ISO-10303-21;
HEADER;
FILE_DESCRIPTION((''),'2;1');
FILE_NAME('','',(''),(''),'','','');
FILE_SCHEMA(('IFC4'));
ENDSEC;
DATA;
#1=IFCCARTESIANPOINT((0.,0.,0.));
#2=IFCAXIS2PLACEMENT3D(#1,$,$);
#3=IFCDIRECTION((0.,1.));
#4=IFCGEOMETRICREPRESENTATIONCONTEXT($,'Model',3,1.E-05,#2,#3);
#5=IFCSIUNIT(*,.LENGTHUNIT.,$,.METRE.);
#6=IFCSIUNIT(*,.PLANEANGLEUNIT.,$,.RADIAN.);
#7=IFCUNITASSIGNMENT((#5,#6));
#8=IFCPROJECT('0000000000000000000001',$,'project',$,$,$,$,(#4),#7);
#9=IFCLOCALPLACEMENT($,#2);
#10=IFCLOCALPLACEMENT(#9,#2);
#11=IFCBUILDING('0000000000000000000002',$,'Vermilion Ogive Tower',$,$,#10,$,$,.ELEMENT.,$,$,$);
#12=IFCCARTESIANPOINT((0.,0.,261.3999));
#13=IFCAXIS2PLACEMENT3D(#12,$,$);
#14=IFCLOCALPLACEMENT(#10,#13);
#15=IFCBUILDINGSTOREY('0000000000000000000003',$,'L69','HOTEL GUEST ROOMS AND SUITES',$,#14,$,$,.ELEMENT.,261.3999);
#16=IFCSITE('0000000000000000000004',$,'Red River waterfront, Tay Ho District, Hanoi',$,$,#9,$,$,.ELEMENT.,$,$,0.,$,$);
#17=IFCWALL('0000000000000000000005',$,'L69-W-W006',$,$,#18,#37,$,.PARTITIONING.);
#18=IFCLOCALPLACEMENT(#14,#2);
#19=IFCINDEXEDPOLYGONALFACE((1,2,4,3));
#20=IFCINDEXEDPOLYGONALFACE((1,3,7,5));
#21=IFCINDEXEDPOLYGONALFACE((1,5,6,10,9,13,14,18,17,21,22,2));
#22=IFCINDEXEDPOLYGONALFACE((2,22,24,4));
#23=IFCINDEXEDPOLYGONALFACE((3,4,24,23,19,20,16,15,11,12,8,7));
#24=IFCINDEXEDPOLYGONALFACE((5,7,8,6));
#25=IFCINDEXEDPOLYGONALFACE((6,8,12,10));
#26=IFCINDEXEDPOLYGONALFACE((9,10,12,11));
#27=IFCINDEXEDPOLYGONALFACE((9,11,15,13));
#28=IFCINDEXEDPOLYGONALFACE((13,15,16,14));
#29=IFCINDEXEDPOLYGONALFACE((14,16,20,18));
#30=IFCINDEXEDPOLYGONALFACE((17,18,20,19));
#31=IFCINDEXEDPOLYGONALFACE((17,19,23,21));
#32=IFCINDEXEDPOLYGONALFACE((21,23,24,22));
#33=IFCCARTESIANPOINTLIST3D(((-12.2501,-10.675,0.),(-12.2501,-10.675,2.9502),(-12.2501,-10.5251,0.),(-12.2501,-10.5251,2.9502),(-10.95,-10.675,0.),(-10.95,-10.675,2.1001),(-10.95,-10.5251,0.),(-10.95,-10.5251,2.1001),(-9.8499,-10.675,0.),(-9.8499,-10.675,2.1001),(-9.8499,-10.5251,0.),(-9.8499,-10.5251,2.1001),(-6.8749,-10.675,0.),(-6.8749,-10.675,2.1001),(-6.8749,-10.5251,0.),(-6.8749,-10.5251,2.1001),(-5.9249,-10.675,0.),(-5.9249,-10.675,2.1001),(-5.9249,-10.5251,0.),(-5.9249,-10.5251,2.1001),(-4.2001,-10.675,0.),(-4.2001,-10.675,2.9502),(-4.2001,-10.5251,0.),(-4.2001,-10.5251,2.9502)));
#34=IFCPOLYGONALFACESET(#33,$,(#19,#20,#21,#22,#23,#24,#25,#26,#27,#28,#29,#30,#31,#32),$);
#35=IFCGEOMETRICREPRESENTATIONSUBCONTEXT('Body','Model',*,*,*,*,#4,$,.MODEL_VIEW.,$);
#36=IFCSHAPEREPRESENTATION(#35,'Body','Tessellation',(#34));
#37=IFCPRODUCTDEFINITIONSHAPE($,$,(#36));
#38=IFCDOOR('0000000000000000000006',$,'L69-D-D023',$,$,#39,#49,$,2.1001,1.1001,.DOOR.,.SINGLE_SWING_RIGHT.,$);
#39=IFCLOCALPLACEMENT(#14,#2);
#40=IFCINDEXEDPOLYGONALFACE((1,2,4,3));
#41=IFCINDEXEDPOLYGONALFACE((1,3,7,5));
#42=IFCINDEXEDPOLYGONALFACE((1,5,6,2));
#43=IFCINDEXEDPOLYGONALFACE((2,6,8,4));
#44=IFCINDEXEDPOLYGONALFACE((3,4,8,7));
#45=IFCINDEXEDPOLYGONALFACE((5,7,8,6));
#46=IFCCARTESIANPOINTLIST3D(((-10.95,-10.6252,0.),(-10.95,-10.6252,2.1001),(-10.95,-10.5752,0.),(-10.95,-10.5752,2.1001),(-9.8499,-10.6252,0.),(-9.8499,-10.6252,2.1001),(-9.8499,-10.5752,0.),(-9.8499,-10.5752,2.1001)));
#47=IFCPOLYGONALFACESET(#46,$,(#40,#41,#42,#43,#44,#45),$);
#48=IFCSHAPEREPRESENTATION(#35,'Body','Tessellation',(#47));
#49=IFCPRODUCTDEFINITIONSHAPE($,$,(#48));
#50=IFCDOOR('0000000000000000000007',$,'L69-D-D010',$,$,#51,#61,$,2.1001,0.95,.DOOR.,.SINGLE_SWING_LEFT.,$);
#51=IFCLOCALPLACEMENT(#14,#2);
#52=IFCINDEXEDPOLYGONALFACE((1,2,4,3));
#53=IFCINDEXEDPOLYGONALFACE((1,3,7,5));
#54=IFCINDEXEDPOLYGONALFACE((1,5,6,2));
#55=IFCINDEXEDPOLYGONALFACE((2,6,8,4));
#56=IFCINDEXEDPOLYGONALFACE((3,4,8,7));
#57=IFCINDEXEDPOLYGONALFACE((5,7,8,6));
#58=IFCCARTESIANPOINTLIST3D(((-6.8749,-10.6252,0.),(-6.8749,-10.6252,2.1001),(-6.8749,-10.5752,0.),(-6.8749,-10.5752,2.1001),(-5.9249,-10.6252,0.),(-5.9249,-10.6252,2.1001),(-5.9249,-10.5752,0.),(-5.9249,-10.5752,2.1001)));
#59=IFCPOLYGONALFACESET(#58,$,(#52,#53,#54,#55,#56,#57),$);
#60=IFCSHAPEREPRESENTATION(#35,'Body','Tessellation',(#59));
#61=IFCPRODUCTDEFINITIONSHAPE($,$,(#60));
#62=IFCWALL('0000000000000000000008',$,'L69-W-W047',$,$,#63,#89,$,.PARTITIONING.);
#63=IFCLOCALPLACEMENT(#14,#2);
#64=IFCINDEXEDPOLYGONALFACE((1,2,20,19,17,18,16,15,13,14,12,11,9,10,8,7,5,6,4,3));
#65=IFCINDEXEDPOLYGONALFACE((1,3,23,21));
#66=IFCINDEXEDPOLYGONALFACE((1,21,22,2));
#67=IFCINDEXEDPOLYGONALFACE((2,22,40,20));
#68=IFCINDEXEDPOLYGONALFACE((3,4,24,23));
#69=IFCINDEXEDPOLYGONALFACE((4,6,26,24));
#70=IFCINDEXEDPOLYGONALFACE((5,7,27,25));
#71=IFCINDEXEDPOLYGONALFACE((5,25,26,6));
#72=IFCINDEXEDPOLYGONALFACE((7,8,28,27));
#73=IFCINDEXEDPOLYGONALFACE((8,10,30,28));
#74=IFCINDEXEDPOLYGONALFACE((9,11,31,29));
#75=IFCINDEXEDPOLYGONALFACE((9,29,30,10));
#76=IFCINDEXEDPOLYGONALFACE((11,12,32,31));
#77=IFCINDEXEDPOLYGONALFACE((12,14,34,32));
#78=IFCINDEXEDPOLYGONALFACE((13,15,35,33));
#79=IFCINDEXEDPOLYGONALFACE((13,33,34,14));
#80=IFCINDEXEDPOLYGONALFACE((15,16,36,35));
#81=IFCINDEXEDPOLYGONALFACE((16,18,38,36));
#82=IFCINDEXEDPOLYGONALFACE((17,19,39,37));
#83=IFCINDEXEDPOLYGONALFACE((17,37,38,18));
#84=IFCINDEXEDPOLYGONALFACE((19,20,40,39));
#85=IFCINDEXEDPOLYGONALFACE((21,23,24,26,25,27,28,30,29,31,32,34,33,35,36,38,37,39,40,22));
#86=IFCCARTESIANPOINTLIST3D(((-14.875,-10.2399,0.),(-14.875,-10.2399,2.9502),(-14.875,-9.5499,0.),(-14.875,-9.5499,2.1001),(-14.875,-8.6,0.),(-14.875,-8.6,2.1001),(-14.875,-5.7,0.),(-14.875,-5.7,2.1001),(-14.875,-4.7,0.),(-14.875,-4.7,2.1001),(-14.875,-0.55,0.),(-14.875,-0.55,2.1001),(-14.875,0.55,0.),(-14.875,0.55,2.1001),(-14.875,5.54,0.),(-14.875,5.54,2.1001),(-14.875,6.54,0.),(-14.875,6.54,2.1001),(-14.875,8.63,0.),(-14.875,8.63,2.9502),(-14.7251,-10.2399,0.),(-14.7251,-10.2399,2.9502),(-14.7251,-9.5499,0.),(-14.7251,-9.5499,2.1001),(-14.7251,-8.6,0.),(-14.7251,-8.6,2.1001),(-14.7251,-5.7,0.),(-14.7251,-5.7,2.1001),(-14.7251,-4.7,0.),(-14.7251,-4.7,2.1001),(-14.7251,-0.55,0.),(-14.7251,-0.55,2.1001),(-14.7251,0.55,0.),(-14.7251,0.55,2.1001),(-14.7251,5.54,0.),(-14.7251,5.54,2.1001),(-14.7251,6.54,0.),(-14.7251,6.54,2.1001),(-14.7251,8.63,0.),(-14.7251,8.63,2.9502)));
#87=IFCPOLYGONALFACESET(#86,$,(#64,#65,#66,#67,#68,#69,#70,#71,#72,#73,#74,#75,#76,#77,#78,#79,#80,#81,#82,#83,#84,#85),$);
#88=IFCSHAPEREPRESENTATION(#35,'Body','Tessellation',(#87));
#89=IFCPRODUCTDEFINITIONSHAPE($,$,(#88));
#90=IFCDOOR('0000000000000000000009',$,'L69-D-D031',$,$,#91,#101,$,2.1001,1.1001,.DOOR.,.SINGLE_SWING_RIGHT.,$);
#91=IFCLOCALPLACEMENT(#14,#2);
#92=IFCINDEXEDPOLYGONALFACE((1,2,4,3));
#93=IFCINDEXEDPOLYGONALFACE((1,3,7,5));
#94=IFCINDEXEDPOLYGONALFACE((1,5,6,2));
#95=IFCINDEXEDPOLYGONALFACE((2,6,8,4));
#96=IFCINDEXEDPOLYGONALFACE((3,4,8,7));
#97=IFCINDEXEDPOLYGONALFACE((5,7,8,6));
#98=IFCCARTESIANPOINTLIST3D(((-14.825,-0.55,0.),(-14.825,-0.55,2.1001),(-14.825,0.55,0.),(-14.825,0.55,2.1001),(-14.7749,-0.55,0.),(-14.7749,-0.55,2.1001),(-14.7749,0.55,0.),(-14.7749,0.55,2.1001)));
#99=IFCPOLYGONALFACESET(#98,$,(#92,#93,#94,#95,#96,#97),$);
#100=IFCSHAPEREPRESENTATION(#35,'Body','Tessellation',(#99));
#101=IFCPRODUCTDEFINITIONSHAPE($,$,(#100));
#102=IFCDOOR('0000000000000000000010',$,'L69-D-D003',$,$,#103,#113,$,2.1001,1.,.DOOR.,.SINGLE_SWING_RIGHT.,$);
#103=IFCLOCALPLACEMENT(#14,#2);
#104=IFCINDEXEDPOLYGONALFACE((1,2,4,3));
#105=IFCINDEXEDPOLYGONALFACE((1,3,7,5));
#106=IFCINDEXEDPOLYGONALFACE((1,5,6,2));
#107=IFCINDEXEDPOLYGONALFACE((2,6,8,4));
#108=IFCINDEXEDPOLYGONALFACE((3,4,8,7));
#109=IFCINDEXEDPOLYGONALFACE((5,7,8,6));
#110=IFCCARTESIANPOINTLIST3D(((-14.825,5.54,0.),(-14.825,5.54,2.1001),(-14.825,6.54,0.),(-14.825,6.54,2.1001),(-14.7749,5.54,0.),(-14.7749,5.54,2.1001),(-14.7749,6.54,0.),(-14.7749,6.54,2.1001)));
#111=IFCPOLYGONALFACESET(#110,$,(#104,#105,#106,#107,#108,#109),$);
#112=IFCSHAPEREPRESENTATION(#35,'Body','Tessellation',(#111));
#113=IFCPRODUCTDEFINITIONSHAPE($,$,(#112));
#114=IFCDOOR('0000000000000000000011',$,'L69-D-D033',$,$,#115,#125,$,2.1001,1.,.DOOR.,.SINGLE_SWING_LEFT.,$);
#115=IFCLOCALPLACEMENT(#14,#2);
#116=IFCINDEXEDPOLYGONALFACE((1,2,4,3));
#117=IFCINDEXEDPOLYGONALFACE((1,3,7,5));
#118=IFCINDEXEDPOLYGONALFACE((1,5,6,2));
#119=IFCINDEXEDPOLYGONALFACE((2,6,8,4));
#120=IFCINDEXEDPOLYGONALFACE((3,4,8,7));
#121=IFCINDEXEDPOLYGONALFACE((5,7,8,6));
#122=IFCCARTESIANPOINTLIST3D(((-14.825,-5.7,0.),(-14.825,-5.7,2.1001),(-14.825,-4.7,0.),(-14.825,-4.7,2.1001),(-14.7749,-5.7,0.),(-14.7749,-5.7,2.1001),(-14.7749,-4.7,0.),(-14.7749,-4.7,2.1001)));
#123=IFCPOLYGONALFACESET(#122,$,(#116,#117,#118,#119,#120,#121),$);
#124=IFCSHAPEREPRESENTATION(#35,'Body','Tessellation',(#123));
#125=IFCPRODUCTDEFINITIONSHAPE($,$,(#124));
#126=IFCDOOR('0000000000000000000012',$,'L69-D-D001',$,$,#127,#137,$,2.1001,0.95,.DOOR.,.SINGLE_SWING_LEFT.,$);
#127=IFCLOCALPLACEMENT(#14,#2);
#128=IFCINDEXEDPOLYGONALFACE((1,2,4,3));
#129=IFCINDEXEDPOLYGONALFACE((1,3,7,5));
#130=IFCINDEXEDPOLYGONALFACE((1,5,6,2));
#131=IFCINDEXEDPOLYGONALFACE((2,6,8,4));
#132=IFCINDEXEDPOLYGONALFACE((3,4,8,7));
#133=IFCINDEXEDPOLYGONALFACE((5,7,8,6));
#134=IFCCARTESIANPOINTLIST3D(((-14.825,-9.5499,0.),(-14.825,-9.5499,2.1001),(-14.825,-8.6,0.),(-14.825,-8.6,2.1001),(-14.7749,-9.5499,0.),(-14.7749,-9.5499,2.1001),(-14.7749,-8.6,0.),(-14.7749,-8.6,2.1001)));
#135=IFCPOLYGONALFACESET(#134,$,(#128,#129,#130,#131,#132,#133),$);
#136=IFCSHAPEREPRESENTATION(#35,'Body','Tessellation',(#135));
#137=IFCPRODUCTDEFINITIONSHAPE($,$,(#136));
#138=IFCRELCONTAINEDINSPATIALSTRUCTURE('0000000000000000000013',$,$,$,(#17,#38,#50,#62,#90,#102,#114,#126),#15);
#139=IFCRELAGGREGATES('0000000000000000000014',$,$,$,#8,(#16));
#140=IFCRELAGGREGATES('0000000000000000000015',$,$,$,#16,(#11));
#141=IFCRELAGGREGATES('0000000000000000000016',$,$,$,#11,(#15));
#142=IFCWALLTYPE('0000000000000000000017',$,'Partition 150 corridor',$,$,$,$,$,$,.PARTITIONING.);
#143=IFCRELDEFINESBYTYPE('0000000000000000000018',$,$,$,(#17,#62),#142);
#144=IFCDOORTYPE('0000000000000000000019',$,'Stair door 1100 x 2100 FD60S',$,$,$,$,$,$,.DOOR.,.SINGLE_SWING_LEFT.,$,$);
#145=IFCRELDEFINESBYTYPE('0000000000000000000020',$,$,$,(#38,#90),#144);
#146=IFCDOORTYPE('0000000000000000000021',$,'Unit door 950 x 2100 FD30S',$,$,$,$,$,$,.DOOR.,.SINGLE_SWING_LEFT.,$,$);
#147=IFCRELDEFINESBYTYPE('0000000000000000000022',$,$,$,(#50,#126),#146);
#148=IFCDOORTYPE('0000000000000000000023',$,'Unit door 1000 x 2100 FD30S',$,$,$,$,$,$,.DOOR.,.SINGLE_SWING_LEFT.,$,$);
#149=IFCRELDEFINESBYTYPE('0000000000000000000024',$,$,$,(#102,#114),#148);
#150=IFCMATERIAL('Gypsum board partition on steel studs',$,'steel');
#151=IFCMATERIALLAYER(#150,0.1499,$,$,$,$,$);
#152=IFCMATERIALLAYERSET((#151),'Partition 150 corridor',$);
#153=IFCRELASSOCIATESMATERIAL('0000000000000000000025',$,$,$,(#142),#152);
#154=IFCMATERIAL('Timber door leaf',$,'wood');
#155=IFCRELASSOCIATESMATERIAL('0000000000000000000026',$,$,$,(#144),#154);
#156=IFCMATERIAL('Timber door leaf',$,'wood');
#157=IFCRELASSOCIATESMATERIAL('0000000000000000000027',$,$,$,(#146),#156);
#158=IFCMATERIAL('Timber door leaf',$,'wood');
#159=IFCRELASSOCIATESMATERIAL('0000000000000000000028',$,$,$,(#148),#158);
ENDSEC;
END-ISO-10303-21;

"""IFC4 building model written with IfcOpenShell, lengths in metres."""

from ifc_helpers import new_model, si_unit, direction, frame, frame_2d, origin, place, context, subcontext, project, spatial, rectangle, extrude, material, layer, layer_set, type_object, element, fill, save


model = new_model("IFC4")

# Units and contexts
model_context = context("Model", 3, precision=1e-05, world=origin(), true_north=direction((0.0, 1.0)))
body_context = subcontext(model_context, "Body", "Model", "MODEL_VIEW")
ifc_project = project(units=[si_unit("LENGTHUNIT", "METRE"), si_unit("PLANEANGLEUNIT", "RADIAN")], contexts=[model_context])

# Site, building, storey
site_placement = place(None, origin())
site = spatial("IfcSite", under=ifc_project, at=site_placement, Name="Red River waterfront, Tay Ho District, Hanoi", CompositionType="ELEMENT", RefElevation=0.0)
building_placement = place(site_placement, origin())
building = spatial("IfcBuilding", under=site, at=building_placement, Name="Vermilion Ogive Tower", CompositionType="ELEMENT")
storey_placement = place(building_placement, frame((0.0, 0.0, 261.3999)))
storey = spatial("IfcBuildingStorey", under=building, at=storey_placement, Name="L69", Description="HOTEL GUEST ROOMS AND SUITES", CompositionType="ELEMENT", Elevation=261.3999)

# Walls, openings, doors
ifc_material_1 = material(Name="Gypsum board partition on steel studs", Category="steel")
ifc_layer_1 = layer(ifc_material_1, 0.1499)
ifc_layer_set_1 = layer_set([ifc_layer_1], Name="Partition 150 corridor")
wall_type_1 = type_object("IfcWallType", Name="Partition 150 corridor", PredefinedType="PARTITIONING", material=ifc_layer_set_1)
wall_1_placement = place(storey_placement, frame((-12.25, -10.6001, 0.0), z_axis=(0.0, 0.0, 1.0), x_axis=(1.0, 0.0, 0.0)))
wall_1 = element("IfcWall", 1, at=wall_1_placement, inside=storey, type_object=wall_type_1, Name="L69-W-W006", PredefinedType="PARTITIONING", context=body_context, shape_type="SweptSolid", body=[
    extrude(rectangle(XDim=8.05, YDim=0.1499, at=frame_2d((4.0249, 0.0))), origin(), (0.0, 0.0, 1.0), 2.9502),
])
opening_1_placement = place(wall_1_placement, frame((5.375, 0.0, 0.0)))
opening_1 = element("IfcOpeningElement", 2, at=opening_1_placement, cuts=wall_1, PredefinedType="OPENING", context=body_context, shape_type="SweptSolid", body=[
    extrude(rectangle(XDim=0.95, YDim=2.1001, at=frame_2d((0.4751, 1.05))), frame((0.0, 0.085, 0.0), z_axis=(0.0, -1.0, 0.0), x_axis=(1.0, 0.0, 0.0)), (0.0, 0.0, 1.0), 0.1699),
])
opening_2_placement = place(wall_1_placement, frame((1.3, 0.0, 0.0)))
opening_2 = element("IfcOpeningElement", 3, at=opening_2_placement, cuts=wall_1, PredefinedType="OPENING", context=body_context, shape_type="SweptSolid", body=[
    extrude(rectangle(XDim=1.1001, YDim=2.1001, at=frame_2d((0.55, 1.05))), frame((0.0, 0.085, 0.0), z_axis=(0.0, -1.0, 0.0), x_axis=(1.0, 0.0, 0.0)), (0.0, 0.0, 1.0), 0.1699),
])
ifc_material_2 = material(Name="Timber door leaf", Category="wood")
door_type_1 = type_object("IfcDoorType", Name="Stair door 1100 x 2100 FD60S", OperationType="SINGLE_SWING_LEFT", PredefinedType="DOOR", material=ifc_material_2)
door_1_placement = place(opening_2_placement, origin())
door_1 = element("IfcDoor", 4, at=door_1_placement, inside=storey, type_object=door_type_1, Name="L69-D-D023", OperationType="SINGLE_SWING_RIGHT", OverallHeight=2.1001, OverallWidth=1.1001, PredefinedType="DOOR", context=body_context, shape_type="SweptSolid", body=[
    extrude(rectangle(XDim=1.1001, YDim=2.1001, at=frame_2d((0.55, 1.05))), frame((0.0, 0.0249, 0.0), z_axis=(0.0, -1.0, 0.0), x_axis=(1.0, 0.0, 0.0)), (0.0, 0.0, 1.0), 0.05),
])
fill(opening_2, door_1)
ifc_material_3 = material(Name="Timber door leaf", Category="wood")
door_type_2 = type_object("IfcDoorType", Name="Unit door 950 x 2100 FD30S", OperationType="SINGLE_SWING_LEFT", PredefinedType="DOOR", material=ifc_material_3)
door_2_placement = place(opening_1_placement, origin())
door_2 = element("IfcDoor", 5, at=door_2_placement, inside=storey, type_object=door_type_2, Name="L69-D-D010", OperationType="SINGLE_SWING_LEFT", OverallHeight=2.1001, OverallWidth=0.95, PredefinedType="DOOR", context=body_context, shape_type="SweptSolid", body=[
    extrude(rectangle(XDim=0.95, YDim=2.1001, at=frame_2d((0.4751, 1.05))), frame((0.0, 0.0249, 0.0), z_axis=(0.0, -1.0, 0.0), x_axis=(1.0, 0.0, 0.0)), (0.0, 0.0, 1.0), 0.05),
])
fill(opening_1, door_2)
wall_2_placement = place(storey_placement, frame((-14.8, -10.24, 0.0), z_axis=(0.0, 0.0, 1.0), x_axis=(0.0, 1.0, 0.0)))
wall_2 = element("IfcWall", 6, at=wall_2_placement, inside=storey, type_object=wall_type_1, Name="L69-W-W047", PredefinedType="PARTITIONING", context=body_context, shape_type="SweptSolid", body=[
    extrude(rectangle(XDim=18.8699, YDim=0.1499, at=frame_2d((9.4351, 0.0))), origin(), (0.0, 0.0, 1.0), 2.9502),
])
opening_3_placement = place(wall_2_placement, frame((0.6899, 0.0, 0.0)))
opening_3 = element("IfcOpeningElement", 7, at=opening_3_placement, cuts=wall_2, PredefinedType="OPENING", context=body_context, shape_type="SweptSolid", body=[
    extrude(rectangle(XDim=0.95, YDim=2.1001, at=frame_2d((0.4751, 1.05))), frame((0.0, 0.085, 0.0), z_axis=(0.0, -1.0, 0.0), x_axis=(1.0, 0.0, 0.0)), (0.0, 0.0, 1.0), 0.1699),
])
opening_4_placement = place(wall_2_placement, frame((15.78, 0.0, 0.0)))
opening_4 = element("IfcOpeningElement", 8, at=opening_4_placement, cuts=wall_2, PredefinedType="OPENING", context=body_context, shape_type="SweptSolid", body=[
    extrude(rectangle(XDim=1.0, YDim=2.1001, at=frame_2d((0.5, 1.05))), frame((0.0, 0.085, 0.0), z_axis=(0.0, -1.0, 0.0), x_axis=(1.0, 0.0, 0.0)), (0.0, 0.0, 1.0), 0.1699),
])
opening_5_placement = place(wall_2_placement, frame((9.6899, 0.0, 0.0)))
opening_5 = element("IfcOpeningElement", 9, at=opening_5_placement, cuts=wall_2, PredefinedType="OPENING", context=body_context, shape_type="SweptSolid", body=[
    extrude(rectangle(XDim=1.1001, YDim=2.1001, at=frame_2d((0.55, 1.05))), frame((0.0, 0.085, 0.0), z_axis=(0.0, -1.0, 0.0), x_axis=(1.0, 0.0, 0.0)), (0.0, 0.0, 1.0), 0.1699),
])
opening_6_placement = place(wall_2_placement, frame((4.54, 0.0, 0.0)))
opening_6 = element("IfcOpeningElement", 10, at=opening_6_placement, cuts=wall_2, PredefinedType="OPENING", context=body_context, shape_type="SweptSolid", body=[
    extrude(rectangle(XDim=1.0, YDim=2.1001, at=frame_2d((0.5, 1.05))), frame((0.0, 0.085, 0.0), z_axis=(0.0, -1.0, 0.0), x_axis=(1.0, 0.0, 0.0)), (0.0, 0.0, 1.0), 0.1699),
])
door_3_placement = place(opening_5_placement, origin())
door_3 = element("IfcDoor", 11, at=door_3_placement, inside=storey, type_object=door_type_1, Name="L69-D-D031", OperationType="SINGLE_SWING_RIGHT", OverallHeight=2.1001, OverallWidth=1.1001, PredefinedType="DOOR", context=body_context, shape_type="SweptSolid", body=[
    extrude(rectangle(XDim=1.1001, YDim=2.1001, at=frame_2d((0.55, 1.05))), frame((0.0, 0.0249, 0.0), z_axis=(0.0, -1.0, 0.0), x_axis=(1.0, 0.0, 0.0)), (0.0, 0.0, 1.0), 0.05),
])
fill(opening_5, door_3)
ifc_material_4 = material(Name="Timber door leaf", Category="wood")
door_type_3 = type_object("IfcDoorType", Name="Unit door 1000 x 2100 FD30S", OperationType="SINGLE_SWING_LEFT", PredefinedType="DOOR", material=ifc_material_4)
door_4_placement = place(opening_4_placement, origin())
door_4 = element("IfcDoor", 12, at=door_4_placement, inside=storey, type_object=door_type_3, Name="L69-D-D003", OperationType="SINGLE_SWING_RIGHT", OverallHeight=2.1001, OverallWidth=1.0, PredefinedType="DOOR", context=body_context, shape_type="SweptSolid", body=[
    extrude(rectangle(XDim=1.0, YDim=2.1001, at=frame_2d((0.5, 1.05))), frame((0.0, 0.0249, 0.0), z_axis=(0.0, -1.0, 0.0), x_axis=(1.0, 0.0, 0.0)), (0.0, 0.0, 1.0), 0.05),
])
fill(opening_4, door_4)
door_5_placement = place(opening_6_placement, origin())
door_5 = element("IfcDoor", 13, at=door_5_placement, inside=storey, type_object=door_type_3, Name="L69-D-D033", OperationType="SINGLE_SWING_LEFT", OverallHeight=2.1001, OverallWidth=1.0, PredefinedType="DOOR", context=body_context, shape_type="SweptSolid", body=[
    extrude(rectangle(XDim=1.0, YDim=2.1001, at=frame_2d((0.5, 1.05))), frame((0.0, 0.0249, 0.0), z_axis=(0.0, -1.0, 0.0), x_axis=(1.0, 0.0, 0.0)), (0.0, 0.0, 1.0), 0.05),
])
fill(opening_6, door_5)
door_6_placement = place(opening_3_placement, origin())
door_6 = element("IfcDoor", 14, at=door_6_placement, inside=storey, type_object=door_type_2, Name="L69-D-D001", OperationType="SINGLE_SWING_LEFT", OverallHeight=2.1001, OverallWidth=0.95, PredefinedType="DOOR", context=body_context, shape_type="SweptSolid", body=[
    extrude(rectangle(XDim=0.95, YDim=2.1001, at=frame_2d((0.4751, 1.05))), frame((0.0, 0.0249, 0.0), z_axis=(0.0, -1.0, 0.0), x_axis=(1.0, 0.0, 0.0)), (0.0, 0.0, 1.0), 0.05),
])
fill(opening_3, door_6)

save(model, "model.ifc")
